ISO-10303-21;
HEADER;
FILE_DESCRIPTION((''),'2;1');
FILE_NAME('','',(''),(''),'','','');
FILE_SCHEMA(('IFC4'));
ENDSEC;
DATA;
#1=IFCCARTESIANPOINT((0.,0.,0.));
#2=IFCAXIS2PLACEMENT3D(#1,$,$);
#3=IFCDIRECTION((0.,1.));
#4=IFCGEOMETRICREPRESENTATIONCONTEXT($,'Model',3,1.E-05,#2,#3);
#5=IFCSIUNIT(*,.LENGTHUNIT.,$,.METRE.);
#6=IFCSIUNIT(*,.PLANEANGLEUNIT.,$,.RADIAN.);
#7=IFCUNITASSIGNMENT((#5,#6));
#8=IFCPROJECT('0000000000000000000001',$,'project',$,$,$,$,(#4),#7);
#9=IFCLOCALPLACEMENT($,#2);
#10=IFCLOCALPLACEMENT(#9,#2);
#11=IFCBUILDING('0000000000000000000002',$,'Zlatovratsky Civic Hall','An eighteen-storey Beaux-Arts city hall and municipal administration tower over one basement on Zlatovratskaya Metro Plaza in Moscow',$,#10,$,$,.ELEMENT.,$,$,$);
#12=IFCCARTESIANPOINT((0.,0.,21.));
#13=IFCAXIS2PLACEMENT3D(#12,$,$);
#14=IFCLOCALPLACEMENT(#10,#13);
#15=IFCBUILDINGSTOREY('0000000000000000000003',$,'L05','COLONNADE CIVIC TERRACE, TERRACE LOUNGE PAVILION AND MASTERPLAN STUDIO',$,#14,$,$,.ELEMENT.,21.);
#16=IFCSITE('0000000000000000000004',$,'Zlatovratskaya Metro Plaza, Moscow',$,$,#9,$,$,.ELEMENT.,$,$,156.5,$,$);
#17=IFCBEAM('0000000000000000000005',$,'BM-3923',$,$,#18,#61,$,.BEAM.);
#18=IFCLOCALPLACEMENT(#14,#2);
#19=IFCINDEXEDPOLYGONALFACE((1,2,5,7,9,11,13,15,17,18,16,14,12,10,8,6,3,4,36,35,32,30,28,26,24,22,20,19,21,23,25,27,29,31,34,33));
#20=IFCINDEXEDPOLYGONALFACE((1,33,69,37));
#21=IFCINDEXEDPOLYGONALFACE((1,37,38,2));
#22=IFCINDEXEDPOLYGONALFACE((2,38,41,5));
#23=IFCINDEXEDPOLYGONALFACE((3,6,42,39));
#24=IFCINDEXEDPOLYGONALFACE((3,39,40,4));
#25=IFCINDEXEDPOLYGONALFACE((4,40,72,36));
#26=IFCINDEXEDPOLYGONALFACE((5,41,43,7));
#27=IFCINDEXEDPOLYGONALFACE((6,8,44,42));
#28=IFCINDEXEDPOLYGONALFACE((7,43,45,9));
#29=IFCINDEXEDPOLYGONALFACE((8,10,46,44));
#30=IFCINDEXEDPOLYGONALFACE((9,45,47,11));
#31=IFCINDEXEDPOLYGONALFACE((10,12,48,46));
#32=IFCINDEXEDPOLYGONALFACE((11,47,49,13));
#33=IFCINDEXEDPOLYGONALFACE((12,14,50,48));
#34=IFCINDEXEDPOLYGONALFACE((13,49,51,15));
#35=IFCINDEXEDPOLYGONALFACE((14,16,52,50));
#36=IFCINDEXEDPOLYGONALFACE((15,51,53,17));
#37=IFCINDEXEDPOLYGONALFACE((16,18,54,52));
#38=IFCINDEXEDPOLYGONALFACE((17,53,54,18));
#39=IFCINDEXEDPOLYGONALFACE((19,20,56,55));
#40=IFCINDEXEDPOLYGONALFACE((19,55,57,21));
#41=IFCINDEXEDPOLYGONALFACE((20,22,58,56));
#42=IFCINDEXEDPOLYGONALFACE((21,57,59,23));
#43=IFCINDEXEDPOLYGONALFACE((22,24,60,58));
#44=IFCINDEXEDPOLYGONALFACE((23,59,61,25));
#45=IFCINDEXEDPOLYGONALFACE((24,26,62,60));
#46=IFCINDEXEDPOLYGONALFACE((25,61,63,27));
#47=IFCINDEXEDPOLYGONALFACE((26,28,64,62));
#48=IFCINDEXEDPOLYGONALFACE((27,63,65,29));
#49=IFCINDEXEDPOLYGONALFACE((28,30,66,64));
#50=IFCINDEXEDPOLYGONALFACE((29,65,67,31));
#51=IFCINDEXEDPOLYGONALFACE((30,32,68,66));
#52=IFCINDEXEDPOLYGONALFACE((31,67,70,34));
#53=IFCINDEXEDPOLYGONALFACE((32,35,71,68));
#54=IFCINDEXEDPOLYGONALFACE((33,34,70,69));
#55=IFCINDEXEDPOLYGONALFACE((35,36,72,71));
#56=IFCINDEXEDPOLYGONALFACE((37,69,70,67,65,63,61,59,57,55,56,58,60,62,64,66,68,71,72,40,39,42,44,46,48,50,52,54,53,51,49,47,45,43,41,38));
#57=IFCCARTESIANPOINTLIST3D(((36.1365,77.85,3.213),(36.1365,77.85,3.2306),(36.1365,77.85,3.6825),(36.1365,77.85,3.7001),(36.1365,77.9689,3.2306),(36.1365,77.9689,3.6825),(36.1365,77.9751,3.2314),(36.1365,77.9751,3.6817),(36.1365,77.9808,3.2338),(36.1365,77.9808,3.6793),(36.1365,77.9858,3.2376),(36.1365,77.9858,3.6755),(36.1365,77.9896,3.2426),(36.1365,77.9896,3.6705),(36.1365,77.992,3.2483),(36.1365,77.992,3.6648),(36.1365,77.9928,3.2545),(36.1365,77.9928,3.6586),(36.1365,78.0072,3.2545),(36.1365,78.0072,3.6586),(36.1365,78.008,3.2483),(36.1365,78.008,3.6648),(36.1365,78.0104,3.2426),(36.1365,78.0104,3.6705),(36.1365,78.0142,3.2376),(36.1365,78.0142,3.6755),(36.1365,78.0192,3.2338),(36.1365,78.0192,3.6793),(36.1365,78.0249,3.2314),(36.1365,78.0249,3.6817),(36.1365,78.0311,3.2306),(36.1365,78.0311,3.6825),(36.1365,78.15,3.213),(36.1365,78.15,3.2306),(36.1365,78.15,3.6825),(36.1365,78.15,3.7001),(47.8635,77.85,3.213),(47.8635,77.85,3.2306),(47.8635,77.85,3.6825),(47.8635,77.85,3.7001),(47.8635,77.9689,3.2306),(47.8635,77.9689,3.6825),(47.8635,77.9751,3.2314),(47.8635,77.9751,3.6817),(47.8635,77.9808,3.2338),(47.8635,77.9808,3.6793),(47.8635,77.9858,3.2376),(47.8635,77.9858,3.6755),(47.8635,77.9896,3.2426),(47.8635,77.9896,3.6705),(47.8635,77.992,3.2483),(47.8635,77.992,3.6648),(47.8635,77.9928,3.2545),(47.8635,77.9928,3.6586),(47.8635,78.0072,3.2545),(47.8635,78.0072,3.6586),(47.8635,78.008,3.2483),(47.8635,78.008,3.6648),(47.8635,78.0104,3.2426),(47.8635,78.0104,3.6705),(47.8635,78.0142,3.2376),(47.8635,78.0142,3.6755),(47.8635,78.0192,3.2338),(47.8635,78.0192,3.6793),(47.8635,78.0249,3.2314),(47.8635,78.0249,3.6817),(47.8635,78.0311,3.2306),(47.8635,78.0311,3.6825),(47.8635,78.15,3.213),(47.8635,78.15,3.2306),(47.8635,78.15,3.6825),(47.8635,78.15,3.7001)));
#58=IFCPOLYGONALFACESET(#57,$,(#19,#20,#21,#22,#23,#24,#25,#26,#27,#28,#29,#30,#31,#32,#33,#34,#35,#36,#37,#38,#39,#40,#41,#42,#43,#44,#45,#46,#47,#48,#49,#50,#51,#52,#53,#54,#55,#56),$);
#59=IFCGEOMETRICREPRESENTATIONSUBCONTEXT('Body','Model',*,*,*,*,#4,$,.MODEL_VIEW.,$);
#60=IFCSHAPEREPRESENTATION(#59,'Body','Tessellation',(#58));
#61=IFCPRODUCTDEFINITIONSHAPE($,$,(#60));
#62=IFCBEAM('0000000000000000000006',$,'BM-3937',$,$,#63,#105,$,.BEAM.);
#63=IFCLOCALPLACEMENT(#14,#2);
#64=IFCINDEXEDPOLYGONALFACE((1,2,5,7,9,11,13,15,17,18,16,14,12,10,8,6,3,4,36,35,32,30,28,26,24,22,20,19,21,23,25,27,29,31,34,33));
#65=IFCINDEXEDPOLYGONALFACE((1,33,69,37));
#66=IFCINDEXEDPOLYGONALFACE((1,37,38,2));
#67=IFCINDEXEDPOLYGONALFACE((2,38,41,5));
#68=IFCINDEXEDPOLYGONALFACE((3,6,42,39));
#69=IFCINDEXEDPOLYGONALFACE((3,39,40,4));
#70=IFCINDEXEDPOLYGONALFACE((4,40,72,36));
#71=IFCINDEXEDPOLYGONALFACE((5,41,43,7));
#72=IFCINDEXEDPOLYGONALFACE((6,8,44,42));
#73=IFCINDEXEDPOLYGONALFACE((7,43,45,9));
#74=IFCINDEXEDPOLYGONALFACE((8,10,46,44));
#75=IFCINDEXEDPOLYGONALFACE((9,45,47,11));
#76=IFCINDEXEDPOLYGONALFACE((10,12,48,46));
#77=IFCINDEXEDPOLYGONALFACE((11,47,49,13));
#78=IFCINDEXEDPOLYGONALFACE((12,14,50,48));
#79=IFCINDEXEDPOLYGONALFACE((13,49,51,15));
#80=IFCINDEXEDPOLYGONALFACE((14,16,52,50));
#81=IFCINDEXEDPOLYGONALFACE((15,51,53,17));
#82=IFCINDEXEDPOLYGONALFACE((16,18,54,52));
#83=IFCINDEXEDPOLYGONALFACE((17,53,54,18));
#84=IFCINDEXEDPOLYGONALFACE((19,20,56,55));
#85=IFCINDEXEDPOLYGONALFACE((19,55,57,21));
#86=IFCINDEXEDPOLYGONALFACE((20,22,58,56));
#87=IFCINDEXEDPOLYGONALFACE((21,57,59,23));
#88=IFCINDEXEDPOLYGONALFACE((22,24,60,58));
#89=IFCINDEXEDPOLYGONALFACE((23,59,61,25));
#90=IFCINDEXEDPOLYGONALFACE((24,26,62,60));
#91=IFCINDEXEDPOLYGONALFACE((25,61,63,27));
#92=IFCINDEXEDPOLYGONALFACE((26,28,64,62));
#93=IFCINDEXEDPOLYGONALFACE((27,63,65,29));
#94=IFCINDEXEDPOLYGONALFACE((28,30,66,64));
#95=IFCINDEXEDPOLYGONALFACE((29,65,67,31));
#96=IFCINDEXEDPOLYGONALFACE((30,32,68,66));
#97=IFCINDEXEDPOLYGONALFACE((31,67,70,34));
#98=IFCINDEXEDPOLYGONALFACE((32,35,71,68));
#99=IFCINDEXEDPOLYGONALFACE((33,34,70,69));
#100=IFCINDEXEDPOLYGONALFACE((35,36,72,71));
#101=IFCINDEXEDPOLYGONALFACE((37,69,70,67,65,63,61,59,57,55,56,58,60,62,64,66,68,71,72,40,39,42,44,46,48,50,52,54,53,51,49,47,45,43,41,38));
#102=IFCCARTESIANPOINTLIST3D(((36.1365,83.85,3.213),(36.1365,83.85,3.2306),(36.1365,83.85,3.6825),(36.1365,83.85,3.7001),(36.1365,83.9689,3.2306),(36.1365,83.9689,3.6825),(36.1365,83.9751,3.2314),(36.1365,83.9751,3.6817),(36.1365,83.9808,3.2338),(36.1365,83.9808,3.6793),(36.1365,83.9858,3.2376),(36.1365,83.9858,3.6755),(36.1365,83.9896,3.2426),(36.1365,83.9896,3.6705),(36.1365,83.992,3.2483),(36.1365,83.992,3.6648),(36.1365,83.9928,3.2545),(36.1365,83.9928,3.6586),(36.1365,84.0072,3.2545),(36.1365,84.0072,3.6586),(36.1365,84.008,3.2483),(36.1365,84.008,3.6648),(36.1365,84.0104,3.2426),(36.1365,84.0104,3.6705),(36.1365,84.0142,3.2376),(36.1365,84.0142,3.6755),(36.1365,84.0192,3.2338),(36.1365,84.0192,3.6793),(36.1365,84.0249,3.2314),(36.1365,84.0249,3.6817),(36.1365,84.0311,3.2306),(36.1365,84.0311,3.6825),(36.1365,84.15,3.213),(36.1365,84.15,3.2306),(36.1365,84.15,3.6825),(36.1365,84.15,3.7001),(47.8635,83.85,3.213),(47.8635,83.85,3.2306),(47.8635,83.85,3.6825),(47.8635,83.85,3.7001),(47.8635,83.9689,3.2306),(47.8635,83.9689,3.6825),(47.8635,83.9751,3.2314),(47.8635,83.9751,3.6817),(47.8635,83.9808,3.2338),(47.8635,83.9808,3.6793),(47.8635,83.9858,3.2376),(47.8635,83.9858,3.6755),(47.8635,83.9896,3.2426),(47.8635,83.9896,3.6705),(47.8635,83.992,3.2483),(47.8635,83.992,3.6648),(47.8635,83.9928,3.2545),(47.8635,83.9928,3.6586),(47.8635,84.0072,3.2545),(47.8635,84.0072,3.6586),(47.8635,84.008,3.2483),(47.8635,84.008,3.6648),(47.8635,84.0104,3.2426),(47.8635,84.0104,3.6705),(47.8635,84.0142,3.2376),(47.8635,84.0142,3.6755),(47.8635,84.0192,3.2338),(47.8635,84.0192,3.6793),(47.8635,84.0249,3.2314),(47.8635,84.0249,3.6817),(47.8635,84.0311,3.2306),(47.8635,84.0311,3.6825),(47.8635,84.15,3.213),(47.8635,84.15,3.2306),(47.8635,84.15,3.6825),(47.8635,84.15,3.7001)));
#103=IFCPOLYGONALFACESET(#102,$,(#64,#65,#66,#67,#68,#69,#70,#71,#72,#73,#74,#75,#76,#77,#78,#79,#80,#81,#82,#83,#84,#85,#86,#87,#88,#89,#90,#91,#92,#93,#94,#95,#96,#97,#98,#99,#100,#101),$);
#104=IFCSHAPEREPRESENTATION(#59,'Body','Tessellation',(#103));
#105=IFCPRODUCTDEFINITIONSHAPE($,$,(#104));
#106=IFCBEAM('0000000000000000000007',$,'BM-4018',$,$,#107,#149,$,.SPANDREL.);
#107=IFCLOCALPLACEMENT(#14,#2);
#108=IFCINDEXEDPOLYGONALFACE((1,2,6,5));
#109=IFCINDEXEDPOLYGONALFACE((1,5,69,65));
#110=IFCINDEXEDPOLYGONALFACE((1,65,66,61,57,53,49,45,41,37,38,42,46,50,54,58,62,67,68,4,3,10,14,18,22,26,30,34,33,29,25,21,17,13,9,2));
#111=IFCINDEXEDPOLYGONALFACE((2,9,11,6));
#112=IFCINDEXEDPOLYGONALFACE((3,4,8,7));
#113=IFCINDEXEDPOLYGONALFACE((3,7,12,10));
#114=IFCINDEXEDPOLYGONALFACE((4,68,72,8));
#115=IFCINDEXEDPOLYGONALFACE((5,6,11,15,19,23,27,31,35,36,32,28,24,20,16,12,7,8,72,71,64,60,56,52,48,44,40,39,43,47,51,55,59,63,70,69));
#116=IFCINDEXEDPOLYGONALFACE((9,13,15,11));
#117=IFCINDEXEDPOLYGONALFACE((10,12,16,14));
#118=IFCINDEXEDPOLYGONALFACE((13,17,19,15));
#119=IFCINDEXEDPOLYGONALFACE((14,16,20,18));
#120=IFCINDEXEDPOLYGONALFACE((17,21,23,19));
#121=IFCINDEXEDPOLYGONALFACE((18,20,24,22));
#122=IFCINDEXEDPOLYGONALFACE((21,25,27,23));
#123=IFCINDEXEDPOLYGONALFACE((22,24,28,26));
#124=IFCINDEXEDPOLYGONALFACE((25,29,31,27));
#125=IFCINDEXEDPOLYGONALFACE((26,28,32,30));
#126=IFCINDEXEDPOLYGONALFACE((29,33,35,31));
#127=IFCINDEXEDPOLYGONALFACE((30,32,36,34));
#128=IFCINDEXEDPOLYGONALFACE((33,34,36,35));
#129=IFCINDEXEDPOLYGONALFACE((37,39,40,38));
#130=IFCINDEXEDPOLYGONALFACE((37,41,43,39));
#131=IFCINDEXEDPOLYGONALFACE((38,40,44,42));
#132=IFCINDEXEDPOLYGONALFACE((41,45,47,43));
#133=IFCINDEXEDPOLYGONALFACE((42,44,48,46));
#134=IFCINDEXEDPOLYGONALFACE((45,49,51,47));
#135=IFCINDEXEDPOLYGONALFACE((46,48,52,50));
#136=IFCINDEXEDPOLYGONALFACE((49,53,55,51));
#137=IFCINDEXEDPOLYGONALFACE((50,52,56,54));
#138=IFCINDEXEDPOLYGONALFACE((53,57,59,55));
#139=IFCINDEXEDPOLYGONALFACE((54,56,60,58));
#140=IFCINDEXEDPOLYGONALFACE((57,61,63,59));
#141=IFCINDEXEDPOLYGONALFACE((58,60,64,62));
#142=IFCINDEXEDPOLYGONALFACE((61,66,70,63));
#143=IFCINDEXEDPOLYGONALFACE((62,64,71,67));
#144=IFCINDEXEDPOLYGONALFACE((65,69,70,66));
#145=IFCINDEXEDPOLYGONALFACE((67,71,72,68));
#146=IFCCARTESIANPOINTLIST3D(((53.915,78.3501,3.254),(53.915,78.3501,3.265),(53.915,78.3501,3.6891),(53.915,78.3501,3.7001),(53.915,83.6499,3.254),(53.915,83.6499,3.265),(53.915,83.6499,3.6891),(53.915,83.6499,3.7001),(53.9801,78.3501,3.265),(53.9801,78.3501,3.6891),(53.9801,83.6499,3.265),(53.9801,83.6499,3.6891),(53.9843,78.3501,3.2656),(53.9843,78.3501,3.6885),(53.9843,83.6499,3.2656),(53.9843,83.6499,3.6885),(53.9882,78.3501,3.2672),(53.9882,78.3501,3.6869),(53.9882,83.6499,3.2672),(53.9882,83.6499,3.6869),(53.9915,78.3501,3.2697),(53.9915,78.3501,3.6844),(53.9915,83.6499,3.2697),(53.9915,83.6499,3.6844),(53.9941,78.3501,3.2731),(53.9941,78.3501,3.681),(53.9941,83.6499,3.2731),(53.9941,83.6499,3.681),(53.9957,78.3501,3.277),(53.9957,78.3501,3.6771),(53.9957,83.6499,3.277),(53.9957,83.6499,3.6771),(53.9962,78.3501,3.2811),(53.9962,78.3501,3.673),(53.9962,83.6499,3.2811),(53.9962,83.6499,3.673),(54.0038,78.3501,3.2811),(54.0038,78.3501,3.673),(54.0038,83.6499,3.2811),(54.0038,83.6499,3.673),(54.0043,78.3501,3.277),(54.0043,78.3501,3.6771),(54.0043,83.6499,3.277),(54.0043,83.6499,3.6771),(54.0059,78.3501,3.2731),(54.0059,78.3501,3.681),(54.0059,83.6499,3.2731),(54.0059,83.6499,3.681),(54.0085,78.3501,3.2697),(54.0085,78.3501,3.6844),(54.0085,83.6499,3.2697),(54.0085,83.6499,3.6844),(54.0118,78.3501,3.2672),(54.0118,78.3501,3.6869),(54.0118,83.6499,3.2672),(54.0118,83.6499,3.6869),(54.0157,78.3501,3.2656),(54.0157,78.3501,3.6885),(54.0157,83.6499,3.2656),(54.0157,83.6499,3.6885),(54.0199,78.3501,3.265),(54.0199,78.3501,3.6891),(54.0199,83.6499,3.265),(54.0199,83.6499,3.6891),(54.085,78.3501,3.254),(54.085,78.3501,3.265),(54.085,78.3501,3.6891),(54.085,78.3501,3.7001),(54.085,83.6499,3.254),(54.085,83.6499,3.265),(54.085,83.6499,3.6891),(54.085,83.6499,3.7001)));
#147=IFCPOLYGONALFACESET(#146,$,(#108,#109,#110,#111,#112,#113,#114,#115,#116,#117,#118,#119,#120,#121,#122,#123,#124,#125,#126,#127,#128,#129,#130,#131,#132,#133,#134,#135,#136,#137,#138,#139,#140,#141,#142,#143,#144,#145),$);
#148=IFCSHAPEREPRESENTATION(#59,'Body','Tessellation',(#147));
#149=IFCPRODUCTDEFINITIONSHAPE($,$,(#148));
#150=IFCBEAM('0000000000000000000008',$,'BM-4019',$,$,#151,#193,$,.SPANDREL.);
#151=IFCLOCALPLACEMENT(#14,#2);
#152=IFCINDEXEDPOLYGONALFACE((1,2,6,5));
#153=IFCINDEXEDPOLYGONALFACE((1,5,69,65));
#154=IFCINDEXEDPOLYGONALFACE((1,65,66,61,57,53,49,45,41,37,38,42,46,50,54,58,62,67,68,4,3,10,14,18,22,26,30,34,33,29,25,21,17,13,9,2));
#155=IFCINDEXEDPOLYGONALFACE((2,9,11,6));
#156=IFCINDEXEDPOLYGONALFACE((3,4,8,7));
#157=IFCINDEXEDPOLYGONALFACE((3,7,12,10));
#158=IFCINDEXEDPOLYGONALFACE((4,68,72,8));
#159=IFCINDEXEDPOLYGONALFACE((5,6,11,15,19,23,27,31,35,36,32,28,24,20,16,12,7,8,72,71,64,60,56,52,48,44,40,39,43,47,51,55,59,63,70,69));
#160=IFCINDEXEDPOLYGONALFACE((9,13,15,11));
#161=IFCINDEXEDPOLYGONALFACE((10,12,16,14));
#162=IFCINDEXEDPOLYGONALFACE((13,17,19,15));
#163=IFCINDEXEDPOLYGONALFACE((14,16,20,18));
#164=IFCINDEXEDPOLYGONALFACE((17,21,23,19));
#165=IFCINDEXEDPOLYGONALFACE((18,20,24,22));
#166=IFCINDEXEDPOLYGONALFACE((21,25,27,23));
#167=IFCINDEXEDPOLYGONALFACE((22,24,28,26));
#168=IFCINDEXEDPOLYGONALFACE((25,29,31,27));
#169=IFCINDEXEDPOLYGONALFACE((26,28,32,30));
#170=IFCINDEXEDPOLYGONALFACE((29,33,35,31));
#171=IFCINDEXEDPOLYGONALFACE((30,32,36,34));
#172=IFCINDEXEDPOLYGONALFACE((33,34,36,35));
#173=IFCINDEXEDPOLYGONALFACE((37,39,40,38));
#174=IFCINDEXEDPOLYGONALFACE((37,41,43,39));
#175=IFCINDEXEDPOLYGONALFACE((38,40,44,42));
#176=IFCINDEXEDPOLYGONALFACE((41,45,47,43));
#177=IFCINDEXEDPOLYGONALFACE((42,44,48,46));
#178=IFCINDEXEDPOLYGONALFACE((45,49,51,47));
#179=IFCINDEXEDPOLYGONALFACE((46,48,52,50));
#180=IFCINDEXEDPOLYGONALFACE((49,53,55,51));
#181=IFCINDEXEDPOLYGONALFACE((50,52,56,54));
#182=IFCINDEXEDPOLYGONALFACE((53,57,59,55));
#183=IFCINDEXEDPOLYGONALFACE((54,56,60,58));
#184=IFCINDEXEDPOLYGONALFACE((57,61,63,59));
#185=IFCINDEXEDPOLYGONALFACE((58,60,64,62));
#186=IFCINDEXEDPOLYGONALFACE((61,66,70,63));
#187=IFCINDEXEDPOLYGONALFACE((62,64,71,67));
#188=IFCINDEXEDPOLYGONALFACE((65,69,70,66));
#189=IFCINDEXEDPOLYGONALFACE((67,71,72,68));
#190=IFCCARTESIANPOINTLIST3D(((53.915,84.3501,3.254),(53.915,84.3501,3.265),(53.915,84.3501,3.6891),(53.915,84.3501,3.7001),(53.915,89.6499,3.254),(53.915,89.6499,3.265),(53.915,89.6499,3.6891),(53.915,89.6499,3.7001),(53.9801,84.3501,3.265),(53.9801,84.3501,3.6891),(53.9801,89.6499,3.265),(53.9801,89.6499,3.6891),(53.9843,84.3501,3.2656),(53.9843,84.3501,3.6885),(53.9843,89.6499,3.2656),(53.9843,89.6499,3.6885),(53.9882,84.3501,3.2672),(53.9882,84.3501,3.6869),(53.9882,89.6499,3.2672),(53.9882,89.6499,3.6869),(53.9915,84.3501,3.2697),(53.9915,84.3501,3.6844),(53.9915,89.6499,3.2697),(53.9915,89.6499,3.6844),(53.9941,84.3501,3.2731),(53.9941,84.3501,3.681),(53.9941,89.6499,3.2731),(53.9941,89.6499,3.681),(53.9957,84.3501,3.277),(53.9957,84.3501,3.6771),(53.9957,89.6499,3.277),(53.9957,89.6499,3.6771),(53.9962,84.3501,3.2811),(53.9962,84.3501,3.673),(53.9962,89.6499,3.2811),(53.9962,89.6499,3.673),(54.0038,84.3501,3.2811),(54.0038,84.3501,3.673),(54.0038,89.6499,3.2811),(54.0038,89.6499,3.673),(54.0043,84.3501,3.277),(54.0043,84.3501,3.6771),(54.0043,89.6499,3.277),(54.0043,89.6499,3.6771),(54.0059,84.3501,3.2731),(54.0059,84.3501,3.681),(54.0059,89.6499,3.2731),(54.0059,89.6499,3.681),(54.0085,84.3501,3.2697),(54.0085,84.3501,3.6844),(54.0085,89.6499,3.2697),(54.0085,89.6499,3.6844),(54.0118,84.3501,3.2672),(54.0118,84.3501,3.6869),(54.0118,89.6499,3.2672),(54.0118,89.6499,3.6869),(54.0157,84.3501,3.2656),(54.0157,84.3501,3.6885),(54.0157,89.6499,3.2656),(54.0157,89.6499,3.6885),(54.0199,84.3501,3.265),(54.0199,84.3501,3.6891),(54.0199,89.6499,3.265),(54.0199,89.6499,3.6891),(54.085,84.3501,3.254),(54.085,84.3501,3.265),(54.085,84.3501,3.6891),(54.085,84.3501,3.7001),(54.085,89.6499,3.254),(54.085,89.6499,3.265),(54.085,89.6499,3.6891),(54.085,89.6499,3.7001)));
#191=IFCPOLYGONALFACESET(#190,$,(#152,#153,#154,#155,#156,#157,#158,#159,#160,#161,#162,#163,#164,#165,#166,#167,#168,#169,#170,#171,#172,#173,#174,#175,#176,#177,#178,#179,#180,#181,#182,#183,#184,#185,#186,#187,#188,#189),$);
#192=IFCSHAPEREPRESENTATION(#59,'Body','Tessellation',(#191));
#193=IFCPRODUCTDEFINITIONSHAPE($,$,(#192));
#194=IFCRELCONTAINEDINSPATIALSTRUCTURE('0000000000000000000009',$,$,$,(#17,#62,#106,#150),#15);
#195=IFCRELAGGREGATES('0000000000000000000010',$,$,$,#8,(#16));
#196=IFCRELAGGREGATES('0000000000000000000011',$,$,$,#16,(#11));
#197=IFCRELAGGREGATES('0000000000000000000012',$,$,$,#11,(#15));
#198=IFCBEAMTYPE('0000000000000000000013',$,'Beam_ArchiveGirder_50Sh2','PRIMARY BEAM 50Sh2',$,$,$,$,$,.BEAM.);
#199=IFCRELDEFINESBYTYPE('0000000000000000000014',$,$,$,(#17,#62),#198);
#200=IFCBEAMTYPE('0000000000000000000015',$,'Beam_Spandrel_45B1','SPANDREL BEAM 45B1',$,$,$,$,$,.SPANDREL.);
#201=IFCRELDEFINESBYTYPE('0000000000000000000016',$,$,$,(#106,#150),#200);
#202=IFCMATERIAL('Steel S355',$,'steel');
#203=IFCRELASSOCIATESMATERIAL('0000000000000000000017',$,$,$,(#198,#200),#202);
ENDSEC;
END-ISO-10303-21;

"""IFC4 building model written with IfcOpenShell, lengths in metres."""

from ifc_helpers import new_model, si_unit, direction, frame, origin, origin_2d, place, context, subcontext, project, spatial, i_section, extrude, material, material_profile, profile_set, type_object, element, save


model = new_model("IFC4")

# Units and contexts
model_context = context("Model", 3, precision=1e-05, world=origin(), true_north=direction((0.0, 1.0)))
body_context = subcontext(model_context, "Body", "Model", "MODEL_VIEW")
ifc_project = project(units=[si_unit("LENGTHUNIT", "METRE"), si_unit("PLANEANGLEUNIT", "RADIAN")], contexts=[model_context])

# Site, building, storey
site_placement = place(None, origin())
site = spatial("IfcSite", under=ifc_project, at=site_placement, Name="Zlatovratskaya Metro Plaza, Moscow", CompositionType="ELEMENT", RefElevation=156.5)
building_placement = place(site_placement, origin())
building = spatial("IfcBuilding", under=site, at=building_placement, Name="Zlatovratsky Civic Hall", Description="An eighteen-storey Beaux-Arts city hall and municipal administration tower over one basement on Zlatovratskaya Metro Plaza in Moscow", CompositionType="ELEMENT")
storey_placement = place(building_placement, frame((0.0, 0.0, 21.0)))
storey = spatial("IfcBuildingStorey", under=building, at=storey_placement, Name="L05", Description="COLONNADE CIVIC TERRACE, TERRACE LOUNGE PAVILION AND MASTERPLAN STUDIO", CompositionType="ELEMENT", Elevation=21.0)

# Shared definitions
ifc_material_1 = material(Name="Steel S355", Category="steel")

# Beams
ifc_material_profile_1 = material_profile(ifc_material_1, i_section(OverallWidth=0.3, OverallDepth=0.4871, WebThickness=0.0144, FlangeThickness=0.0176, FilletRadius=0.0239, at=origin_2d()), Name="50Sh2")
ifc_profile_set_1 = profile_set([ifc_material_profile_1], Name="Steel S355")
beam_type_1 = type_object("IfcBeamType", Name="Beam_ArchiveGirder_50Sh2", Description="PRIMARY BEAM 50Sh2", PredefinedType="BEAM", material=ifc_profile_set_1)
for number, where, z_axis, x_axis, name in (
    (1, (36.1365, 78.0, 3.4565), (1.0, 0.0, 0.0), (0.0, 1.0, 0.0), "BM-3923"),
    (2, (36.1365, 84.0, 3.4565), (1.0, 0.0, 0.0), (0.0, 1.0, 0.0), "BM-3937"),
):
    element("IfcBeam", number, at=place(storey_placement, frame(where, z_axis=z_axis, x_axis=x_axis)), inside=storey, type_object=beam_type_1, Name=name, PredefinedType="BEAM", context=body_context, shape_type="SweptSolid", body=[
        extrude(i_section(OverallWidth=0.3, OverallDepth=0.4871, WebThickness=0.0144, FlangeThickness=0.0176, FilletRadius=0.0239, at=origin_2d()), origin(), (0.0, 0.0, 1.0), 11.7271),
    ])
ifc_material_profile_2 = material_profile(ifc_material_1, i_section(OverallWidth=0.1699, OverallDepth=0.446, WebThickness=0.0076, FlangeThickness=0.011, FilletRadius=0.0161, at=origin_2d()), Name="45B1")
ifc_profile_set_2 = profile_set([ifc_material_profile_2], Name="Steel S355")
beam_type_2 = type_object("IfcBeamType", Name="Beam_Spandrel_45B1", Description="SPANDREL BEAM 45B1", PredefinedType="SPANDREL", material=ifc_profile_set_2)
for number, where, z_axis, x_axis, name in (
    (3, (54.0, 78.3501, 3.4771), (0.0, 1.0, 0.0), (-1.0, 0.0, 0.0), "BM-4018"),
    (4, (54.0, 84.3501, 3.4771), (0.0, 1.0, 0.0), (-1.0, 0.0, 0.0), "BM-4019"),
):
    element("IfcBeam", number, at=place(storey_placement, frame(where, z_axis=z_axis, x_axis=x_axis)), inside=storey, type_object=beam_type_2, Name=name, PredefinedType="SPANDREL", context=body_context, shape_type="SweptSolid", body=[
        extrude(i_section(OverallWidth=0.1699, OverallDepth=0.446, WebThickness=0.0076, FlangeThickness=0.011, FilletRadius=0.0161, at=origin_2d()), origin(), (0.0, 0.0, 1.0), 5.2998),
    ])

save(model, "model.ifc")
